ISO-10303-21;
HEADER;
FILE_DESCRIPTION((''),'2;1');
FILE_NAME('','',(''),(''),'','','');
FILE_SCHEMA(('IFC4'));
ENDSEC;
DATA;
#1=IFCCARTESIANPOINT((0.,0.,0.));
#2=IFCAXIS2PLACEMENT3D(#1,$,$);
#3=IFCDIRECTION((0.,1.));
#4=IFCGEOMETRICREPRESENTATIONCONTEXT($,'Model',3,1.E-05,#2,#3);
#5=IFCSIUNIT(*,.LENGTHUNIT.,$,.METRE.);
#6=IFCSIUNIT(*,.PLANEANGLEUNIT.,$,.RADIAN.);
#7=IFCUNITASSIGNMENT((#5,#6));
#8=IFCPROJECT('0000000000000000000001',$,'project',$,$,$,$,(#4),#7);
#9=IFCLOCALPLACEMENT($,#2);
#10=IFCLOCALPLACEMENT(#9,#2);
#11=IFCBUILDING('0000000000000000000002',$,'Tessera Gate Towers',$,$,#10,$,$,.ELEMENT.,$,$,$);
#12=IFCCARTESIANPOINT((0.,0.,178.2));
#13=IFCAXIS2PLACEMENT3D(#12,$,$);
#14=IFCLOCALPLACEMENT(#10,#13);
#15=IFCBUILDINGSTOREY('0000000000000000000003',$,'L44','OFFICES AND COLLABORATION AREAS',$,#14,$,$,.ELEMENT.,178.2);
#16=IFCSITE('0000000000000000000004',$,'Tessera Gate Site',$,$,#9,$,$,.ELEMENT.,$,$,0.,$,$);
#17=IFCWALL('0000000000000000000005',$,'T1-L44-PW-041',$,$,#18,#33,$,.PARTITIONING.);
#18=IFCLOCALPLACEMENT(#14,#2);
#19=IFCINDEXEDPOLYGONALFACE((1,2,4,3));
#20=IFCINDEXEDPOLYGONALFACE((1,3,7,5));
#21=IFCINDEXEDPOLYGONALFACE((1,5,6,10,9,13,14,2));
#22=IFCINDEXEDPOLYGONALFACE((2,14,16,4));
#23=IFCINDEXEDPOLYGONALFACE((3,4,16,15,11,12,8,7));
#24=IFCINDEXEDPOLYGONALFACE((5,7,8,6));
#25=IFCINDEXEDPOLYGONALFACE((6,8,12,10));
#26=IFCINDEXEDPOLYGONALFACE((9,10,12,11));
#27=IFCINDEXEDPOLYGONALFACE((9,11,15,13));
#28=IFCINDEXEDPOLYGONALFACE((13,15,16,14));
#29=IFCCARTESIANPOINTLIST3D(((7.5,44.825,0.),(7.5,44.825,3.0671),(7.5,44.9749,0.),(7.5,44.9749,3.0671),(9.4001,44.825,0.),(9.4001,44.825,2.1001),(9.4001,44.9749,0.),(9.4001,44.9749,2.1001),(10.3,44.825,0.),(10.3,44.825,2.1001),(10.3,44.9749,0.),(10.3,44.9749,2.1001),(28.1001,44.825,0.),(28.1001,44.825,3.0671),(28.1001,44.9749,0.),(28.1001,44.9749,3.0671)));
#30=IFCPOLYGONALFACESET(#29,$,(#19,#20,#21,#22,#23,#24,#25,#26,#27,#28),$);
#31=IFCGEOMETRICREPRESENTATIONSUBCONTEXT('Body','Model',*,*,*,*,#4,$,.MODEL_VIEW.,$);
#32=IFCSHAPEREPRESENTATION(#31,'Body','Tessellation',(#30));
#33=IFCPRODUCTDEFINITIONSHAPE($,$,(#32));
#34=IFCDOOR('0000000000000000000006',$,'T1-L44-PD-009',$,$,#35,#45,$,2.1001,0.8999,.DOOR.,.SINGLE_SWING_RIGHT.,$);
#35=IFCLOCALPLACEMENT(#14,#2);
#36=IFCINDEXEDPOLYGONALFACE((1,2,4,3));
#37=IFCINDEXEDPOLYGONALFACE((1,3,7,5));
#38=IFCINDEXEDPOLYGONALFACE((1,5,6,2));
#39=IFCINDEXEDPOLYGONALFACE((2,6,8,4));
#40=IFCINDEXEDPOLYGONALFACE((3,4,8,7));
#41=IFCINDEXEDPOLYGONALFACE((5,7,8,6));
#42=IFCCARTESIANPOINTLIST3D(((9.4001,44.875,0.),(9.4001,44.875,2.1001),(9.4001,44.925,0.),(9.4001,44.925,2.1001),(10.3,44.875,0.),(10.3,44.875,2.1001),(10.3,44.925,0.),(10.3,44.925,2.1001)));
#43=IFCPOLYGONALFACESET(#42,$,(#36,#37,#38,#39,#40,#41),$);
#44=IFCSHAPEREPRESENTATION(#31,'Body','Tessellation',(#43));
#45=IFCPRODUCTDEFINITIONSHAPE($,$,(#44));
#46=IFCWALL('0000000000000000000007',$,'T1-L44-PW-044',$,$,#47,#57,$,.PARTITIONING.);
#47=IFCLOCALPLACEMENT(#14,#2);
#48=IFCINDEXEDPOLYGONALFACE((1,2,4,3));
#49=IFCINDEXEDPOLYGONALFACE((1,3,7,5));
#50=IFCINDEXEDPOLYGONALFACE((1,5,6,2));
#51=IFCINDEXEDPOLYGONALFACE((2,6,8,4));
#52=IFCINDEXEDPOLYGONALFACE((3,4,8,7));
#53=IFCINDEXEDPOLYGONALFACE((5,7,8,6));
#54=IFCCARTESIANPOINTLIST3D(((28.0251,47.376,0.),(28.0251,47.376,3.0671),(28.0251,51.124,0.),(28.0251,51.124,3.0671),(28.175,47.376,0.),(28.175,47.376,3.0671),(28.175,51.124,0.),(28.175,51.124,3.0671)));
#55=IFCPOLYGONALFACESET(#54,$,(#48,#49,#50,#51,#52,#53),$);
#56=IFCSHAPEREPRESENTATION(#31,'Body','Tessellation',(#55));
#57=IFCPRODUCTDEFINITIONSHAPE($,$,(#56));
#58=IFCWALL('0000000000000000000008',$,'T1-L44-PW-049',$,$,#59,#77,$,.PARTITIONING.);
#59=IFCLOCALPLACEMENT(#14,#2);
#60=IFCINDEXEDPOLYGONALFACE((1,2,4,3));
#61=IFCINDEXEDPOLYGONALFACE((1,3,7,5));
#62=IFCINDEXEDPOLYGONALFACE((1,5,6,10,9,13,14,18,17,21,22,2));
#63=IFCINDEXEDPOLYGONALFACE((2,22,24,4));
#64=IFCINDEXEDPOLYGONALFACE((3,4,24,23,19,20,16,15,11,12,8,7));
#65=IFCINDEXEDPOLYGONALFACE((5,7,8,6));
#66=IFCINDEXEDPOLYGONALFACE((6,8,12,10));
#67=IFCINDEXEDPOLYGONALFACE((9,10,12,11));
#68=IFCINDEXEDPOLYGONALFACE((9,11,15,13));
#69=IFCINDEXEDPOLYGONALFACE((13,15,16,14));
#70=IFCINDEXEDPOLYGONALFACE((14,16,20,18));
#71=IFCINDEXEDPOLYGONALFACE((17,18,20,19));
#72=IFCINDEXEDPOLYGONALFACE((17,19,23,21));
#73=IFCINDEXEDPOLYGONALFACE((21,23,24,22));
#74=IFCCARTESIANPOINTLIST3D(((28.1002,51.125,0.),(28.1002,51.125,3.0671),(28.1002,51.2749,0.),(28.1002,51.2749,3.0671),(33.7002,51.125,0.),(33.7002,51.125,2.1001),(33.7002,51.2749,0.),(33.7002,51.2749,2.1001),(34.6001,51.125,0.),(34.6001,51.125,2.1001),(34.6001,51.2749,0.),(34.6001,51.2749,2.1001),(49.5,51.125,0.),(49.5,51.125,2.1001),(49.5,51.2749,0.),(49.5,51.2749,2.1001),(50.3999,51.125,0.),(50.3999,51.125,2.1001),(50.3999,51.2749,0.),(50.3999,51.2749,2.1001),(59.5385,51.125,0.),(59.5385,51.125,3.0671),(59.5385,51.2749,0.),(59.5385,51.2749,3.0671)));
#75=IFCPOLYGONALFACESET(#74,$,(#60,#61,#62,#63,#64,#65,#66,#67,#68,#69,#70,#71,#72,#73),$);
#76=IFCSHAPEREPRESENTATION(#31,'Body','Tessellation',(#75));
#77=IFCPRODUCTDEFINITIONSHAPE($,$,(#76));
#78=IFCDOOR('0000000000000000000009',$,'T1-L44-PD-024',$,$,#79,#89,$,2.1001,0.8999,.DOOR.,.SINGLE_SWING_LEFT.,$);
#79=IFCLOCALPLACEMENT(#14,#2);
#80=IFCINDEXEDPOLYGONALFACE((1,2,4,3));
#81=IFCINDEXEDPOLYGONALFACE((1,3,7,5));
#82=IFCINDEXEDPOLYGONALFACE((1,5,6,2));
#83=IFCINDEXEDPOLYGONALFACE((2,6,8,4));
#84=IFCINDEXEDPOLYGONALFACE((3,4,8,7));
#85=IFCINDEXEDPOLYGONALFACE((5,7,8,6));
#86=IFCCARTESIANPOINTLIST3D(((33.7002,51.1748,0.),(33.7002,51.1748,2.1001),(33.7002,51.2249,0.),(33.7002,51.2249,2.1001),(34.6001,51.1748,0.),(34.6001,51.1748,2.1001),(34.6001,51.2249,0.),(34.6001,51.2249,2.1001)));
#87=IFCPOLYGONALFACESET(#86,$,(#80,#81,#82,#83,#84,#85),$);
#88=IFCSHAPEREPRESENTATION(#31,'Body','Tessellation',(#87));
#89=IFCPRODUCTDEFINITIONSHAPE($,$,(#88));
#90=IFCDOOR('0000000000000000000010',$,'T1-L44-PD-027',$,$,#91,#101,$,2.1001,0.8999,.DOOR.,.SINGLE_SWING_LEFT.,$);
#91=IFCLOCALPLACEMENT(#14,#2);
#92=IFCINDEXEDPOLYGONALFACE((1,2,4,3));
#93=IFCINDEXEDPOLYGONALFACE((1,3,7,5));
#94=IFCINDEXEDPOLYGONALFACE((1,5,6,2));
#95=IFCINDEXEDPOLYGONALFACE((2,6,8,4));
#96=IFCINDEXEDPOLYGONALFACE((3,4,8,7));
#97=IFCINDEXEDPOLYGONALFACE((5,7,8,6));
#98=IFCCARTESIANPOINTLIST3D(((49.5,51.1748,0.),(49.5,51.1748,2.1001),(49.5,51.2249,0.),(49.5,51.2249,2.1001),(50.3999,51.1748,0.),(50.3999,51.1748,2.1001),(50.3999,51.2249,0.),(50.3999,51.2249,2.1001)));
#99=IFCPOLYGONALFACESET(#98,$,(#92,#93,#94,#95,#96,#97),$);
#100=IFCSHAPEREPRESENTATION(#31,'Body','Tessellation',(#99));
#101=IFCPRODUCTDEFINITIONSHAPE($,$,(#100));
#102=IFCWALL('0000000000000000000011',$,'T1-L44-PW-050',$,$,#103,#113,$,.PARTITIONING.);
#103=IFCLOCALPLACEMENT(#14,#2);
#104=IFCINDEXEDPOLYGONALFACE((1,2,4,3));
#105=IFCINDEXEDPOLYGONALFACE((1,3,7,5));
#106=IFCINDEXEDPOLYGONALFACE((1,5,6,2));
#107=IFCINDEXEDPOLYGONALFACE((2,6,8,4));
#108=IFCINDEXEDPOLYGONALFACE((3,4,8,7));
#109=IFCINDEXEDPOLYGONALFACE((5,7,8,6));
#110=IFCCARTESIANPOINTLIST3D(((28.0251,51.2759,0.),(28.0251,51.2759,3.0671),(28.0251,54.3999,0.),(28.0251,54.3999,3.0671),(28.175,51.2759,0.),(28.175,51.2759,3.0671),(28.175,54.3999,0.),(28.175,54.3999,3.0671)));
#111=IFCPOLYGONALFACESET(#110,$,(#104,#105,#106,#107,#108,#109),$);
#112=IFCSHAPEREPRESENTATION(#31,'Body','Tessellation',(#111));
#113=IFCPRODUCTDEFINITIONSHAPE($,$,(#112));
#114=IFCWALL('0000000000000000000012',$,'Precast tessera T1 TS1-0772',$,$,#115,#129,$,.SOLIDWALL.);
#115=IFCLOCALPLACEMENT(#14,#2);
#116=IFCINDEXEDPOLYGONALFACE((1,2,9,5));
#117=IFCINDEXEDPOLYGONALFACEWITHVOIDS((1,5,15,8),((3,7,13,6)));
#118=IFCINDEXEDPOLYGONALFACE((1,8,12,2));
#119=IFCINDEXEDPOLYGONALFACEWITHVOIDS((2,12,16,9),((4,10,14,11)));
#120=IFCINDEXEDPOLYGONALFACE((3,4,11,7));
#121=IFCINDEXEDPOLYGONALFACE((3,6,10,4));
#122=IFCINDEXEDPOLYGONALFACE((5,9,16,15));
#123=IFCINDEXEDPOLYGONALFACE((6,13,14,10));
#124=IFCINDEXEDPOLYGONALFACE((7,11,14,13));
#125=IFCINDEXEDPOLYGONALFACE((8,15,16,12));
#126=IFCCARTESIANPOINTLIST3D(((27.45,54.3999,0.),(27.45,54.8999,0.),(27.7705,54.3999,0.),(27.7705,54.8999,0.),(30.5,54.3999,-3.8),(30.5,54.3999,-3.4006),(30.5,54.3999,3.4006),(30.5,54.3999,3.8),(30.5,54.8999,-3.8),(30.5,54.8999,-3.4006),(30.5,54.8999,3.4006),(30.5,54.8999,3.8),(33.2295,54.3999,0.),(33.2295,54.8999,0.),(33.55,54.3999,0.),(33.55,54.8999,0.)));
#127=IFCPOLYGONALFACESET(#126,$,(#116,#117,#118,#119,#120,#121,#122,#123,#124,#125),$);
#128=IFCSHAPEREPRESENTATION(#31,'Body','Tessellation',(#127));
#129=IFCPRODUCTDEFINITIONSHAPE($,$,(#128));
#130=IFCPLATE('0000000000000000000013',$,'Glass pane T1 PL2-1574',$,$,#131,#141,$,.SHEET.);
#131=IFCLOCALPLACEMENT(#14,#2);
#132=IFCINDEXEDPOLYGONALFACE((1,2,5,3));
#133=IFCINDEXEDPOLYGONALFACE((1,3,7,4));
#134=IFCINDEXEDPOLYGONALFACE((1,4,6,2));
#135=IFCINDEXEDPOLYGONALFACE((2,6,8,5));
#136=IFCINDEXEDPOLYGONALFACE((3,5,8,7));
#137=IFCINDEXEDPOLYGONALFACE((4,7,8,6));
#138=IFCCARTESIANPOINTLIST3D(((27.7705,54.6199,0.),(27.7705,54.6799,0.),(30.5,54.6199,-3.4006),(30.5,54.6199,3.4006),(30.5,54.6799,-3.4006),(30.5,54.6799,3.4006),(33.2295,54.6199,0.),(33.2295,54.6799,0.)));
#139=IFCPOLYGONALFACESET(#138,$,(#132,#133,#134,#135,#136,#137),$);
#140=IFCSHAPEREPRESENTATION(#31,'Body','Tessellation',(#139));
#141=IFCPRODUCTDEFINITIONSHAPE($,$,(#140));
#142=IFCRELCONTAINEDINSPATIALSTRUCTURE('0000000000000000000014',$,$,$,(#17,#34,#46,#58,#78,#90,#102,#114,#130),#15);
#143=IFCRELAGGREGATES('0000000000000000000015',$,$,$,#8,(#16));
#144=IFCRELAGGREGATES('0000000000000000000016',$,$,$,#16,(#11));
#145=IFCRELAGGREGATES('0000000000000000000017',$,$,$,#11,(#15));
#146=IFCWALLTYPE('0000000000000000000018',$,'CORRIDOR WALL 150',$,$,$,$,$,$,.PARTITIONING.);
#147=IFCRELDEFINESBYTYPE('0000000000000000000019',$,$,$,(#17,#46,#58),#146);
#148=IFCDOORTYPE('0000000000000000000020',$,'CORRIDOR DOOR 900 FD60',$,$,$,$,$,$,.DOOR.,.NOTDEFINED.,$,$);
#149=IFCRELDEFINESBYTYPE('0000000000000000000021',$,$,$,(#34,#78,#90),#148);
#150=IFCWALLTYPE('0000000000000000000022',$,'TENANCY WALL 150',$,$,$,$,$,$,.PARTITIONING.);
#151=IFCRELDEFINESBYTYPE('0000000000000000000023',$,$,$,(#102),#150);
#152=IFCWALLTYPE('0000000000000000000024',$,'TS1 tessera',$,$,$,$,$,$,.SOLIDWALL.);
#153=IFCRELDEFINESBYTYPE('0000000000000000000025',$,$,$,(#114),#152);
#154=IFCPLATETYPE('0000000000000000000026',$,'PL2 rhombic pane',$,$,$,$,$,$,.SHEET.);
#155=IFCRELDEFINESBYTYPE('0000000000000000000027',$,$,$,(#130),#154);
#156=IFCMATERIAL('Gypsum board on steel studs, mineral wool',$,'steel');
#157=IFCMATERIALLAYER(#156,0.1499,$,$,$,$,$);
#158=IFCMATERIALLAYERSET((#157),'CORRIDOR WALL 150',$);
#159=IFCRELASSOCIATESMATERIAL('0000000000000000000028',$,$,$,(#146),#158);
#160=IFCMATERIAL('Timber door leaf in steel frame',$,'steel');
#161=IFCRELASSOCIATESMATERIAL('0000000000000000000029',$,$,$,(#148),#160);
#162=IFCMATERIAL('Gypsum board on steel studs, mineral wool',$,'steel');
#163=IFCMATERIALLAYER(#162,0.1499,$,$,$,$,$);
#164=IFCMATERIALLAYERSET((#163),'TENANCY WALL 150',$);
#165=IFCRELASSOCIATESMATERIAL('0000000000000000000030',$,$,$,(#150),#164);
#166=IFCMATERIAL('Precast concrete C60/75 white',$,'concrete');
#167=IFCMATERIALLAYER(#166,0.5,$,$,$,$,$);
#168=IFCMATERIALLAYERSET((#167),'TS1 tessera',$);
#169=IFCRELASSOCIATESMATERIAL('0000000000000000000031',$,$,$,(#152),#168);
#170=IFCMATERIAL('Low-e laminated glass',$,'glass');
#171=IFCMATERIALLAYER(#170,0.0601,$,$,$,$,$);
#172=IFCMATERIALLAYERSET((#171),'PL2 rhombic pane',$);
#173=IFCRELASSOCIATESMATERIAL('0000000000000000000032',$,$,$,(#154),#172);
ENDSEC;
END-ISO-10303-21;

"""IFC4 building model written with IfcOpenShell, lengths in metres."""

from ifc_helpers import new_model, si_unit, direction, frame, frame_2d, origin, place, context, subcontext, project, spatial, polyline, rectangle, outline, extrude, source, transform, mapped, material, layer, layer_set, type_object, element, fill, save


model = new_model("IFC4")

# Units and contexts
model_context = context("Model", 3, precision=1e-05, world=origin(), true_north=direction((0.0, 1.0)))
body_context = subcontext(model_context, "Body", "Model", "MODEL_VIEW")
ifc_project = project(units=[si_unit("LENGTHUNIT", "METRE"), si_unit("PLANEANGLEUNIT", "RADIAN")], contexts=[model_context])

# Site, building, storey
site_placement = place(None, origin())
site = spatial("IfcSite", under=ifc_project, at=site_placement, Name="Tessera Gate Site", CompositionType="ELEMENT", RefElevation=0.0)
building_placement = place(site_placement, origin())
building = spatial("IfcBuilding", under=site, at=building_placement, Name="Tessera Gate Towers", CompositionType="ELEMENT")
storey_placement = place(building_placement, frame((0.0, 0.0, 178.2)))
storey = spatial("IfcBuildingStorey", under=building, at=storey_placement, Name="L44", Description="OFFICES AND COLLABORATION AREAS", CompositionType="ELEMENT", Elevation=178.2)

# Wall, opening, door
ifc_material_1 = material(Name="Gypsum board on steel studs, mineral wool", Category="steel")
ifc_layer_1 = layer(ifc_material_1, 0.1499)
ifc_layer_set_1 = layer_set([ifc_layer_1], Name="CORRIDOR WALL 150")
wall_type_1 = type_object("IfcWallType", Name="CORRIDOR WALL 150", PredefinedType="PARTITIONING", material=ifc_layer_set_1)
wall_1_placement = place(storey_placement, frame((28.1001, 44.8999, 0.0), z_axis=(0.0, 0.0, 1.0), x_axis=(-1.0, 0.0, 0.0)))
wall_1 = element("IfcWall", 1, at=wall_1_placement, inside=storey, type_object=wall_type_1, Name="T1-L44-PW-041", PredefinedType="PARTITIONING", context=body_context, shape_type="SweptSolid", body=[
    extrude(rectangle(XDim=20.6001, YDim=0.1499, at=frame_2d((10.3, 0.0))), origin(), (0.0, 0.0, 1.0), 3.0671),
])
shared_shape_1 = source(origin(), body_context, "Body", "SweptSolid", [
    extrude(rectangle(XDim=0.8999, YDim=2.1001, at=frame_2d((0.45, 1.05))), frame((0.0, 0.085, 0.0), z_axis=(0.0, -1.0, 0.0), x_axis=(1.0, 0.0, 0.0)), (0.0, 0.0, 1.0), 0.1699),
])
opening_1_placement = place(wall_1_placement, frame((17.8, 0.0, 0.0)))
opening_1 = element("IfcOpeningElement", 2, at=opening_1_placement, cuts=wall_1, PredefinedType="OPENING", context=body_context, shape_type="MappedRepresentation", body=[
    mapped(shared_shape_1, transform((0.0, 0.0, 0.0), scale=1.0)),
])
ifc_material_2 = material(Name="Timber door leaf in steel frame", Category="steel")
door_type_1 = type_object("IfcDoorType", Name="CORRIDOR DOOR 900 FD60", OperationType="NOTDEFINED", PredefinedType="DOOR", material=ifc_material_2)
shared_shape_2 = source(origin(), body_context, "Body", "SweptSolid", [
    extrude(rectangle(XDim=0.8999, YDim=2.1001, at=frame_2d((0.45, 1.05))), frame((0.0, 0.0249, 0.0), z_axis=(0.0, -1.0, 0.0), x_axis=(1.0, 0.0, 0.0)), (0.0, 0.0, 1.0), 0.05),
])
door_1_placement = place(opening_1_placement, origin())
door_1 = element("IfcDoor", 3, at=door_1_placement, inside=storey, type_object=door_type_1, Name="T1-L44-PD-009", OperationType="SINGLE_SWING_RIGHT", OverallHeight=2.1001, OverallWidth=0.8999, PredefinedType="DOOR", context=body_context, shape_type="MappedRepresentation", body=[
    mapped(shared_shape_2, transform((0.0, 0.0, 0.0), scale=1.0)),
])
fill(opening_1, door_1)

# Wall
wall_2_placement = place(storey_placement, frame((28.1001, 47.376, 0.0), z_axis=(0.0, 0.0, 1.0), x_axis=(0.0, 1.0, 0.0)))
element("IfcWall", 4, at=wall_2_placement, inside=storey, type_object=wall_type_1, Name="T1-L44-PW-044", PredefinedType="PARTITIONING", context=body_context, shape_type="SweptSolid", body=[
    extrude(rectangle(XDim=3.748, YDim=0.1499, at=frame_2d((1.874, 0.0))), origin(), (0.0, 0.0, 1.0), 3.0671),
])

# Wall, openings, doors
wall_3_placement = place(storey_placement, frame((28.1001, 51.2, 0.0), z_axis=(0.0, 0.0, 1.0), x_axis=(1.0, 0.0, 0.0)))
wall_3 = element("IfcWall", 5, at=wall_3_placement, inside=storey, type_object=wall_type_1, Name="T1-L44-PW-049", PredefinedType="PARTITIONING", context=body_context, shape_type="SweptSolid", body=[
    extrude(rectangle(XDim=31.4382, YDim=0.1499, at=frame_2d((15.7192, 0.0))), origin(), (0.0, 0.0, 1.0), 3.0671),
])
opening_2_placement = place(wall_3_placement, frame((5.6001, 0.0, 0.0)))
opening_2 = element("IfcOpeningElement", 6, at=opening_2_placement, cuts=wall_3, PredefinedType="OPENING", context=body_context, shape_type="MappedRepresentation", body=[
    mapped(shared_shape_1, transform((0.0, 0.0, 0.0), scale=1.0)),
])
opening_3_placement = place(wall_3_placement, frame((21.3999, 0.0, 0.0)))
opening_3 = element("IfcOpeningElement", 7, at=opening_3_placement, cuts=wall_3, PredefinedType="OPENING", context=body_context, shape_type="MappedRepresentation", body=[
    mapped(shared_shape_1, transform((0.0, 0.0, 0.0), scale=1.0)),
])
door_2_placement = place(opening_2_placement, origin())
door_2 = element("IfcDoor", 8, at=door_2_placement, inside=storey, type_object=door_type_1, Name="T1-L44-PD-024", OperationType="SINGLE_SWING_LEFT", OverallHeight=2.1001, OverallWidth=0.8999, PredefinedType="DOOR", context=body_context, shape_type="MappedRepresentation", body=[
    mapped(shared_shape_2, transform((0.0, 0.0, 0.0), scale=1.0)),
])
fill(opening_2, door_2)
door_3_placement = place(opening_3_placement, origin())
door_3 = element("IfcDoor", 9, at=door_3_placement, inside=storey, type_object=door_type_1, Name="T1-L44-PD-027", OperationType="SINGLE_SWING_LEFT", OverallHeight=2.1001, OverallWidth=0.8999, PredefinedType="DOOR", context=body_context, shape_type="MappedRepresentation", body=[
    mapped(shared_shape_2, transform((0.0, 0.0, 0.0), scale=1.0)),
])
fill(opening_3, door_3)

# Wall
ifc_material_3 = material(Name="Gypsum board on steel studs, mineral wool", Category="steel")
ifc_layer_2 = layer(ifc_material_3, 0.1499)
ifc_layer_set_2 = layer_set([ifc_layer_2], Name="TENANCY WALL 150")
wall_type_2 = type_object("IfcWallType", Name="TENANCY WALL 150", PredefinedType="PARTITIONING", material=ifc_layer_set_2)
wall_4_placement = place(storey_placement, frame((28.1001, 51.2759, 0.0), z_axis=(0.0, 0.0, 1.0), x_axis=(0.0, 1.0, 0.0)))
element("IfcWall", 10, at=wall_4_placement, inside=storey, type_object=wall_type_2, Name="T1-L44-PW-050", PredefinedType="PARTITIONING", context=body_context, shape_type="SweptSolid", body=[
    extrude(rectangle(XDim=3.124, YDim=0.1499, at=frame_2d((1.562, 0.0))), origin(), (0.0, 0.0, 1.0), 3.0671),
])

# Wall, opening, plate
ifc_material_4 = material(Name="Precast concrete C60/75 white", Category="concrete")
ifc_layer_3 = layer(ifc_material_4, 0.5)
ifc_layer_set_3 = layer_set([ifc_layer_3], Name="TS1 tessera")
wall_type_3 = type_object("IfcWallType", Name="TS1 tessera", PredefinedType="SOLIDWALL", material=ifc_layer_set_3)
shared_shape_3 = source(origin(), body_context, "Body", "SweptSolid", [
    extrude(outline(polyline([(3.05, 0.0), (6.1001, 3.8), (3.05, 7.6001), (0.0, 3.8), (3.05, 0.0)])), frame((0.0, 0.25, 0.0), z_axis=(0.0, -1.0, 0.0), x_axis=(1.0, 0.0, 0.0)), (0.0, 0.0, 1.0), 0.5),
])
wall_5_placement = place(storey_placement, frame((33.55, 54.6499, -3.8), z_axis=(0.0, 0.0, 1.0), x_axis=(-1.0, 0.0, 0.0)))
wall_5 = element("IfcWall", 11, at=wall_5_placement, inside=storey, type_object=wall_type_3, Name="Precast tessera T1 TS1-0772", PredefinedType="SOLIDWALL", context=body_context, shape_type="MappedRepresentation", body=[
    mapped(shared_shape_3, transform((0.0, 0.0, 0.0), scale=1.0)),
])
shared_shape_4 = source(origin(), body_context, "Body", "SweptSolid", [
    extrude(outline(polyline([(3.05, 0.3994), (5.7795, 3.8), (3.05, 7.2007), (0.3206, 3.8), (3.05, 0.3994)])), frame((0.0, 0.26, 0.0), z_axis=(0.0, -1.0, 0.0), x_axis=(1.0, 0.0, 0.0)), (0.0, 0.0, 1.0), 0.52),
])
opening_4_placement = place(wall_5_placement, origin())
opening_4 = element("IfcOpeningElement", 12, at=opening_4_placement, cuts=wall_5, PredefinedType="OPENING", context=body_context, shape_type="MappedRepresentation", body=[
    mapped(shared_shape_4, transform((0.0, 0.0, 0.0), scale=1.0)),
])
ifc_material_5 = material(Name="Low-e laminated glass", Category="glass")
ifc_layer_4 = layer(ifc_material_5, 0.0601)
ifc_layer_set_4 = layer_set([ifc_layer_4], Name="PL2 rhombic pane")
plate_type = type_object("IfcPlateType", Name="PL2 rhombic pane", PredefinedType="SHEET", material=ifc_layer_set_4)
shared_shape_5 = source(origin(), body_context, "Body", "SweptSolid", [
    extrude(outline(polyline([(3.05, 0.3994), (5.7795, 3.8), (3.05, 7.2007), (0.3206, 3.8), (3.05, 0.3994)])), frame((0.0, 0.03, 0.0), z_axis=(0.0, -1.0, 0.0), x_axis=(1.0, 0.0, 0.0)), (0.0, 0.0, 1.0), 0.0601),
])
plate_placement = place(opening_4_placement, origin())
plate = element("IfcPlate", 13, at=plate_placement, inside=storey, type_object=plate_type, Name="Glass pane T1 PL2-1574", PredefinedType="SHEET", context=body_context, shape_type="MappedRepresentation", body=[
    mapped(shared_shape_5, transform((0.0, 0.0, 0.0), scale=1.0)),
])
fill(opening_4, plate)

save(model, "model.ifc")
